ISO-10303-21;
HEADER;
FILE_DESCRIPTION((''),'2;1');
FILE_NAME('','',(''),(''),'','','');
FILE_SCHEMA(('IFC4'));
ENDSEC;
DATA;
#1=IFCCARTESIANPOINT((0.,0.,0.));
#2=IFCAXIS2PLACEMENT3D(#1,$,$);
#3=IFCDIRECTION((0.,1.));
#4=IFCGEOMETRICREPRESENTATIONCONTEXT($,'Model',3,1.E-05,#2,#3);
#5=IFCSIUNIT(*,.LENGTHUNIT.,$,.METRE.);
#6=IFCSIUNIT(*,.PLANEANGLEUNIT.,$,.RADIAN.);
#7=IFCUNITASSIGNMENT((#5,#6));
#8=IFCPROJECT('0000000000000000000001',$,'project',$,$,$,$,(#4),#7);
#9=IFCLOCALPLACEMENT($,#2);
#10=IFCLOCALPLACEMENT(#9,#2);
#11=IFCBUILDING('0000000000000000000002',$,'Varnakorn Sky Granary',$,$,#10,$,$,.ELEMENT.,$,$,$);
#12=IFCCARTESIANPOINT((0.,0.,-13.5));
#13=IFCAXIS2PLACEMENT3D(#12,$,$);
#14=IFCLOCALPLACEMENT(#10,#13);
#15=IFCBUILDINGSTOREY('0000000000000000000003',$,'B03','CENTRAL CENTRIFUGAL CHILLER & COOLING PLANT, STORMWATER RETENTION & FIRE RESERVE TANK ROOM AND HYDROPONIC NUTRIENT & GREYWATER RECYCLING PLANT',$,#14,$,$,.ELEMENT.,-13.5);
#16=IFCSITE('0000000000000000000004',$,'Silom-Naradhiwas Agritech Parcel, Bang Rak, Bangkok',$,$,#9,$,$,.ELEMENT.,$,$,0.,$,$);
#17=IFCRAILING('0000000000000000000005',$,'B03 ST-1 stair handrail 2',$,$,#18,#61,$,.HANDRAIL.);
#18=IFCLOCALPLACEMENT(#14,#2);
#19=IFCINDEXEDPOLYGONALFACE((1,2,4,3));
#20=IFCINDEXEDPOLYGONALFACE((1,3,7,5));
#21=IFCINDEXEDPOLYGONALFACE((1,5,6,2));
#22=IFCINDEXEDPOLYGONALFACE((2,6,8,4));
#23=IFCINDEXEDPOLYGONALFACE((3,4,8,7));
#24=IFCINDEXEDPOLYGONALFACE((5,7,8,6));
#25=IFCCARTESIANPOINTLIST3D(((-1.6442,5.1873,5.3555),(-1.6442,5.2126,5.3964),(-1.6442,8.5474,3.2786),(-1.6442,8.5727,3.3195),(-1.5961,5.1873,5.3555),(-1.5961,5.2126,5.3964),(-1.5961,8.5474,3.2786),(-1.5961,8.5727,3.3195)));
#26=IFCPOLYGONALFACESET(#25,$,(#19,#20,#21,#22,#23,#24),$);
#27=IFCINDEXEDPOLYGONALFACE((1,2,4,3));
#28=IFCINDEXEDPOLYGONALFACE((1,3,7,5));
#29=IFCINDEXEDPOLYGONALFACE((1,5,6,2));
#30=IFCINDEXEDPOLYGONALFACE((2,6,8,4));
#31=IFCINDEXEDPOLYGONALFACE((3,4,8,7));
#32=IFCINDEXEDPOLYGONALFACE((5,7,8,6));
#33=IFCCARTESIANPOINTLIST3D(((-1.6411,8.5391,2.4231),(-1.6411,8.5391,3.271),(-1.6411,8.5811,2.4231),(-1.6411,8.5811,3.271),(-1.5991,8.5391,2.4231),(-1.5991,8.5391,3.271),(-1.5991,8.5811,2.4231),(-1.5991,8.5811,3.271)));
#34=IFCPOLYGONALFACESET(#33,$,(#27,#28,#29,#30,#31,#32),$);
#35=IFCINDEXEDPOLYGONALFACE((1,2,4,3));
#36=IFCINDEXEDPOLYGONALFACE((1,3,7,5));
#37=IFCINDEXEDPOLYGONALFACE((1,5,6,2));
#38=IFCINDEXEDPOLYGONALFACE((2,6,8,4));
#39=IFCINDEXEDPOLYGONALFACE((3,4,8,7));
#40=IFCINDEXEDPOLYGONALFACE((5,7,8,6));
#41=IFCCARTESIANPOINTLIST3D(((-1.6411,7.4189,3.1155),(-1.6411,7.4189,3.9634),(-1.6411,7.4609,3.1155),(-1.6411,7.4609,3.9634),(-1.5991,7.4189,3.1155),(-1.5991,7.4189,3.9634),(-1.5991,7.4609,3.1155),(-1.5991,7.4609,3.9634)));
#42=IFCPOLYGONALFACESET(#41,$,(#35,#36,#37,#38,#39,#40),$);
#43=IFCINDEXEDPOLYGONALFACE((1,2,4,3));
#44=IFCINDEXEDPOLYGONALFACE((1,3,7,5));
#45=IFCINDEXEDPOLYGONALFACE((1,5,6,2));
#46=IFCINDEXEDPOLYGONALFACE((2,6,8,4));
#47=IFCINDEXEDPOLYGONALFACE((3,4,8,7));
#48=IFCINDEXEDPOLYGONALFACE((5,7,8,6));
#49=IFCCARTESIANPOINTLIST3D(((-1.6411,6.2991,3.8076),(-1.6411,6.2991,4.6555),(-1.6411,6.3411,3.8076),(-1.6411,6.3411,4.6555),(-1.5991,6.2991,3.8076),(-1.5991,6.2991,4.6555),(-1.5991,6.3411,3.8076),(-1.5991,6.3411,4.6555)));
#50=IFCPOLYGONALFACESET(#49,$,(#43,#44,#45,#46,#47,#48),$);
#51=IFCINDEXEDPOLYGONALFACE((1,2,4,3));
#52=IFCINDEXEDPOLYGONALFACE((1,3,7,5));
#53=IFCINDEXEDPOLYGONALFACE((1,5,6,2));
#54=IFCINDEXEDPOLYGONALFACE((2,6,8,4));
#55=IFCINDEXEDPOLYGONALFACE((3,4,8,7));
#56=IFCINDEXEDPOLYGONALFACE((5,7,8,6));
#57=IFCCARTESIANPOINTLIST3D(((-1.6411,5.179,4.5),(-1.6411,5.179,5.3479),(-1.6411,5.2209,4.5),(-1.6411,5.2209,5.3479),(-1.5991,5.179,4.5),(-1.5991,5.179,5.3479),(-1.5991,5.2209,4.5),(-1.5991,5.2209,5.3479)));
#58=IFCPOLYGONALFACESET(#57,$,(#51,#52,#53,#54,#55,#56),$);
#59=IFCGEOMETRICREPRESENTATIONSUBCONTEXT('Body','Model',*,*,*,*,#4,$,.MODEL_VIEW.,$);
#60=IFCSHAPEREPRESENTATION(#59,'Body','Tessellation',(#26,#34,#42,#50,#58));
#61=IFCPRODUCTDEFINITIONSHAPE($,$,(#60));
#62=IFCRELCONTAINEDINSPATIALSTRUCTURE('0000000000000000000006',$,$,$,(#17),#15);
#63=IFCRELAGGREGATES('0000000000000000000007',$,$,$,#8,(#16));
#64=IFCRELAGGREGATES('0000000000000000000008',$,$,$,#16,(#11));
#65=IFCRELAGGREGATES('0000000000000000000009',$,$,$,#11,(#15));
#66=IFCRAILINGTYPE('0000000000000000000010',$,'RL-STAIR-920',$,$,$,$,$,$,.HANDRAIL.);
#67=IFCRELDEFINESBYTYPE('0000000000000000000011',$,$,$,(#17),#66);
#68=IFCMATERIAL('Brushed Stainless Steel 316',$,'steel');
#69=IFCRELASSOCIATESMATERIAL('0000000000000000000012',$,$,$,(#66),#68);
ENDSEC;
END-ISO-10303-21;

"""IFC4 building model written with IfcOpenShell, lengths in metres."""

from ifc_helpers import new_model, si_unit, direction, frame, origin, origin_2d, place, context, subcontext, project, spatial, rectangle, extrude, material, type_object, element, save


model = new_model("IFC4")

# Units and contexts
model_context = context("Model", 3, precision=1e-05, world=origin(), true_north=direction((0.0, 1.0)))
body_context = subcontext(model_context, "Body", "Model", "MODEL_VIEW")
ifc_project = project(units=[si_unit("LENGTHUNIT", "METRE"), si_unit("PLANEANGLEUNIT", "RADIAN")], contexts=[model_context])

# Site, building, storey
site_placement = place(None, origin())
site = spatial("IfcSite", under=ifc_project, at=site_placement, Name="Silom-Naradhiwas Agritech Parcel, Bang Rak, Bangkok", CompositionType="ELEMENT", RefElevation=0.0)
building_placement = place(site_placement, origin())
building = spatial("IfcBuilding", under=site, at=building_placement, Name="Varnakorn Sky Granary", CompositionType="ELEMENT")
storey_placement = place(building_placement, frame((0.0, 0.0, -13.5)))
storey = spatial("IfcBuildingStorey", under=building, at=storey_placement, Name="B03", Description="CENTRAL CENTRIFUGAL CHILLER & COOLING PLANT, STORMWATER RETENTION & FIRE RESERVE TANK ROOM AND HYDROPONIC NUTRIENT & GREYWATER RECYCLING PLANT", CompositionType="ELEMENT", Elevation=-13.5)

# Railing
ifc_material_1 = material(Name="Brushed Stainless Steel 316", Category="steel")
railing_type_1 = type_object("IfcRailingType", Name="RL-STAIR-920", PredefinedType="HANDRAIL", material=ifc_material_1)
railing_1_placement = place(storey_placement, frame((-1.6201, 8.5601, 2.4231)))
element("IfcRailing", 1, at=railing_1_placement, inside=storey, type_object=railing_type_1, Name="B03 ST-1 stair handrail 2", PredefinedType="HANDRAIL", context=body_context, shape_type="SweptSolid", body=[
    extrude(rectangle(XDim=0.0481, YDim=0.0481, at=origin_2d()), frame((0.0, 0.0, 0.876), z_axis=(0.0, -0.850623, 0.525776), x_axis=(1.0, 0.0, 0.0)), (0.0, 0.0, 1.0), 3.9502),
    extrude(rectangle(XDim=0.042, YDim=0.042, at=origin_2d()), origin(), (0.0, 0.0, 1.0), 0.8479),
    extrude(rectangle(XDim=0.042, YDim=0.042, at=origin_2d()), frame((0.0, -1.1201, 0.6924)), (0.0, 0.0, 1.0), 0.8479),
    extrude(rectangle(XDim=0.042, YDim=0.042, at=origin_2d()), frame((0.0, -2.24, 1.3845)), (0.0, 0.0, 1.0), 0.8479),
    extrude(rectangle(XDim=0.042, YDim=0.042, at=origin_2d()), frame((0.0, -3.3601, 2.0769)), (0.0, 0.0, 1.0), 0.8479),
])

save(model, "model.ifc")
